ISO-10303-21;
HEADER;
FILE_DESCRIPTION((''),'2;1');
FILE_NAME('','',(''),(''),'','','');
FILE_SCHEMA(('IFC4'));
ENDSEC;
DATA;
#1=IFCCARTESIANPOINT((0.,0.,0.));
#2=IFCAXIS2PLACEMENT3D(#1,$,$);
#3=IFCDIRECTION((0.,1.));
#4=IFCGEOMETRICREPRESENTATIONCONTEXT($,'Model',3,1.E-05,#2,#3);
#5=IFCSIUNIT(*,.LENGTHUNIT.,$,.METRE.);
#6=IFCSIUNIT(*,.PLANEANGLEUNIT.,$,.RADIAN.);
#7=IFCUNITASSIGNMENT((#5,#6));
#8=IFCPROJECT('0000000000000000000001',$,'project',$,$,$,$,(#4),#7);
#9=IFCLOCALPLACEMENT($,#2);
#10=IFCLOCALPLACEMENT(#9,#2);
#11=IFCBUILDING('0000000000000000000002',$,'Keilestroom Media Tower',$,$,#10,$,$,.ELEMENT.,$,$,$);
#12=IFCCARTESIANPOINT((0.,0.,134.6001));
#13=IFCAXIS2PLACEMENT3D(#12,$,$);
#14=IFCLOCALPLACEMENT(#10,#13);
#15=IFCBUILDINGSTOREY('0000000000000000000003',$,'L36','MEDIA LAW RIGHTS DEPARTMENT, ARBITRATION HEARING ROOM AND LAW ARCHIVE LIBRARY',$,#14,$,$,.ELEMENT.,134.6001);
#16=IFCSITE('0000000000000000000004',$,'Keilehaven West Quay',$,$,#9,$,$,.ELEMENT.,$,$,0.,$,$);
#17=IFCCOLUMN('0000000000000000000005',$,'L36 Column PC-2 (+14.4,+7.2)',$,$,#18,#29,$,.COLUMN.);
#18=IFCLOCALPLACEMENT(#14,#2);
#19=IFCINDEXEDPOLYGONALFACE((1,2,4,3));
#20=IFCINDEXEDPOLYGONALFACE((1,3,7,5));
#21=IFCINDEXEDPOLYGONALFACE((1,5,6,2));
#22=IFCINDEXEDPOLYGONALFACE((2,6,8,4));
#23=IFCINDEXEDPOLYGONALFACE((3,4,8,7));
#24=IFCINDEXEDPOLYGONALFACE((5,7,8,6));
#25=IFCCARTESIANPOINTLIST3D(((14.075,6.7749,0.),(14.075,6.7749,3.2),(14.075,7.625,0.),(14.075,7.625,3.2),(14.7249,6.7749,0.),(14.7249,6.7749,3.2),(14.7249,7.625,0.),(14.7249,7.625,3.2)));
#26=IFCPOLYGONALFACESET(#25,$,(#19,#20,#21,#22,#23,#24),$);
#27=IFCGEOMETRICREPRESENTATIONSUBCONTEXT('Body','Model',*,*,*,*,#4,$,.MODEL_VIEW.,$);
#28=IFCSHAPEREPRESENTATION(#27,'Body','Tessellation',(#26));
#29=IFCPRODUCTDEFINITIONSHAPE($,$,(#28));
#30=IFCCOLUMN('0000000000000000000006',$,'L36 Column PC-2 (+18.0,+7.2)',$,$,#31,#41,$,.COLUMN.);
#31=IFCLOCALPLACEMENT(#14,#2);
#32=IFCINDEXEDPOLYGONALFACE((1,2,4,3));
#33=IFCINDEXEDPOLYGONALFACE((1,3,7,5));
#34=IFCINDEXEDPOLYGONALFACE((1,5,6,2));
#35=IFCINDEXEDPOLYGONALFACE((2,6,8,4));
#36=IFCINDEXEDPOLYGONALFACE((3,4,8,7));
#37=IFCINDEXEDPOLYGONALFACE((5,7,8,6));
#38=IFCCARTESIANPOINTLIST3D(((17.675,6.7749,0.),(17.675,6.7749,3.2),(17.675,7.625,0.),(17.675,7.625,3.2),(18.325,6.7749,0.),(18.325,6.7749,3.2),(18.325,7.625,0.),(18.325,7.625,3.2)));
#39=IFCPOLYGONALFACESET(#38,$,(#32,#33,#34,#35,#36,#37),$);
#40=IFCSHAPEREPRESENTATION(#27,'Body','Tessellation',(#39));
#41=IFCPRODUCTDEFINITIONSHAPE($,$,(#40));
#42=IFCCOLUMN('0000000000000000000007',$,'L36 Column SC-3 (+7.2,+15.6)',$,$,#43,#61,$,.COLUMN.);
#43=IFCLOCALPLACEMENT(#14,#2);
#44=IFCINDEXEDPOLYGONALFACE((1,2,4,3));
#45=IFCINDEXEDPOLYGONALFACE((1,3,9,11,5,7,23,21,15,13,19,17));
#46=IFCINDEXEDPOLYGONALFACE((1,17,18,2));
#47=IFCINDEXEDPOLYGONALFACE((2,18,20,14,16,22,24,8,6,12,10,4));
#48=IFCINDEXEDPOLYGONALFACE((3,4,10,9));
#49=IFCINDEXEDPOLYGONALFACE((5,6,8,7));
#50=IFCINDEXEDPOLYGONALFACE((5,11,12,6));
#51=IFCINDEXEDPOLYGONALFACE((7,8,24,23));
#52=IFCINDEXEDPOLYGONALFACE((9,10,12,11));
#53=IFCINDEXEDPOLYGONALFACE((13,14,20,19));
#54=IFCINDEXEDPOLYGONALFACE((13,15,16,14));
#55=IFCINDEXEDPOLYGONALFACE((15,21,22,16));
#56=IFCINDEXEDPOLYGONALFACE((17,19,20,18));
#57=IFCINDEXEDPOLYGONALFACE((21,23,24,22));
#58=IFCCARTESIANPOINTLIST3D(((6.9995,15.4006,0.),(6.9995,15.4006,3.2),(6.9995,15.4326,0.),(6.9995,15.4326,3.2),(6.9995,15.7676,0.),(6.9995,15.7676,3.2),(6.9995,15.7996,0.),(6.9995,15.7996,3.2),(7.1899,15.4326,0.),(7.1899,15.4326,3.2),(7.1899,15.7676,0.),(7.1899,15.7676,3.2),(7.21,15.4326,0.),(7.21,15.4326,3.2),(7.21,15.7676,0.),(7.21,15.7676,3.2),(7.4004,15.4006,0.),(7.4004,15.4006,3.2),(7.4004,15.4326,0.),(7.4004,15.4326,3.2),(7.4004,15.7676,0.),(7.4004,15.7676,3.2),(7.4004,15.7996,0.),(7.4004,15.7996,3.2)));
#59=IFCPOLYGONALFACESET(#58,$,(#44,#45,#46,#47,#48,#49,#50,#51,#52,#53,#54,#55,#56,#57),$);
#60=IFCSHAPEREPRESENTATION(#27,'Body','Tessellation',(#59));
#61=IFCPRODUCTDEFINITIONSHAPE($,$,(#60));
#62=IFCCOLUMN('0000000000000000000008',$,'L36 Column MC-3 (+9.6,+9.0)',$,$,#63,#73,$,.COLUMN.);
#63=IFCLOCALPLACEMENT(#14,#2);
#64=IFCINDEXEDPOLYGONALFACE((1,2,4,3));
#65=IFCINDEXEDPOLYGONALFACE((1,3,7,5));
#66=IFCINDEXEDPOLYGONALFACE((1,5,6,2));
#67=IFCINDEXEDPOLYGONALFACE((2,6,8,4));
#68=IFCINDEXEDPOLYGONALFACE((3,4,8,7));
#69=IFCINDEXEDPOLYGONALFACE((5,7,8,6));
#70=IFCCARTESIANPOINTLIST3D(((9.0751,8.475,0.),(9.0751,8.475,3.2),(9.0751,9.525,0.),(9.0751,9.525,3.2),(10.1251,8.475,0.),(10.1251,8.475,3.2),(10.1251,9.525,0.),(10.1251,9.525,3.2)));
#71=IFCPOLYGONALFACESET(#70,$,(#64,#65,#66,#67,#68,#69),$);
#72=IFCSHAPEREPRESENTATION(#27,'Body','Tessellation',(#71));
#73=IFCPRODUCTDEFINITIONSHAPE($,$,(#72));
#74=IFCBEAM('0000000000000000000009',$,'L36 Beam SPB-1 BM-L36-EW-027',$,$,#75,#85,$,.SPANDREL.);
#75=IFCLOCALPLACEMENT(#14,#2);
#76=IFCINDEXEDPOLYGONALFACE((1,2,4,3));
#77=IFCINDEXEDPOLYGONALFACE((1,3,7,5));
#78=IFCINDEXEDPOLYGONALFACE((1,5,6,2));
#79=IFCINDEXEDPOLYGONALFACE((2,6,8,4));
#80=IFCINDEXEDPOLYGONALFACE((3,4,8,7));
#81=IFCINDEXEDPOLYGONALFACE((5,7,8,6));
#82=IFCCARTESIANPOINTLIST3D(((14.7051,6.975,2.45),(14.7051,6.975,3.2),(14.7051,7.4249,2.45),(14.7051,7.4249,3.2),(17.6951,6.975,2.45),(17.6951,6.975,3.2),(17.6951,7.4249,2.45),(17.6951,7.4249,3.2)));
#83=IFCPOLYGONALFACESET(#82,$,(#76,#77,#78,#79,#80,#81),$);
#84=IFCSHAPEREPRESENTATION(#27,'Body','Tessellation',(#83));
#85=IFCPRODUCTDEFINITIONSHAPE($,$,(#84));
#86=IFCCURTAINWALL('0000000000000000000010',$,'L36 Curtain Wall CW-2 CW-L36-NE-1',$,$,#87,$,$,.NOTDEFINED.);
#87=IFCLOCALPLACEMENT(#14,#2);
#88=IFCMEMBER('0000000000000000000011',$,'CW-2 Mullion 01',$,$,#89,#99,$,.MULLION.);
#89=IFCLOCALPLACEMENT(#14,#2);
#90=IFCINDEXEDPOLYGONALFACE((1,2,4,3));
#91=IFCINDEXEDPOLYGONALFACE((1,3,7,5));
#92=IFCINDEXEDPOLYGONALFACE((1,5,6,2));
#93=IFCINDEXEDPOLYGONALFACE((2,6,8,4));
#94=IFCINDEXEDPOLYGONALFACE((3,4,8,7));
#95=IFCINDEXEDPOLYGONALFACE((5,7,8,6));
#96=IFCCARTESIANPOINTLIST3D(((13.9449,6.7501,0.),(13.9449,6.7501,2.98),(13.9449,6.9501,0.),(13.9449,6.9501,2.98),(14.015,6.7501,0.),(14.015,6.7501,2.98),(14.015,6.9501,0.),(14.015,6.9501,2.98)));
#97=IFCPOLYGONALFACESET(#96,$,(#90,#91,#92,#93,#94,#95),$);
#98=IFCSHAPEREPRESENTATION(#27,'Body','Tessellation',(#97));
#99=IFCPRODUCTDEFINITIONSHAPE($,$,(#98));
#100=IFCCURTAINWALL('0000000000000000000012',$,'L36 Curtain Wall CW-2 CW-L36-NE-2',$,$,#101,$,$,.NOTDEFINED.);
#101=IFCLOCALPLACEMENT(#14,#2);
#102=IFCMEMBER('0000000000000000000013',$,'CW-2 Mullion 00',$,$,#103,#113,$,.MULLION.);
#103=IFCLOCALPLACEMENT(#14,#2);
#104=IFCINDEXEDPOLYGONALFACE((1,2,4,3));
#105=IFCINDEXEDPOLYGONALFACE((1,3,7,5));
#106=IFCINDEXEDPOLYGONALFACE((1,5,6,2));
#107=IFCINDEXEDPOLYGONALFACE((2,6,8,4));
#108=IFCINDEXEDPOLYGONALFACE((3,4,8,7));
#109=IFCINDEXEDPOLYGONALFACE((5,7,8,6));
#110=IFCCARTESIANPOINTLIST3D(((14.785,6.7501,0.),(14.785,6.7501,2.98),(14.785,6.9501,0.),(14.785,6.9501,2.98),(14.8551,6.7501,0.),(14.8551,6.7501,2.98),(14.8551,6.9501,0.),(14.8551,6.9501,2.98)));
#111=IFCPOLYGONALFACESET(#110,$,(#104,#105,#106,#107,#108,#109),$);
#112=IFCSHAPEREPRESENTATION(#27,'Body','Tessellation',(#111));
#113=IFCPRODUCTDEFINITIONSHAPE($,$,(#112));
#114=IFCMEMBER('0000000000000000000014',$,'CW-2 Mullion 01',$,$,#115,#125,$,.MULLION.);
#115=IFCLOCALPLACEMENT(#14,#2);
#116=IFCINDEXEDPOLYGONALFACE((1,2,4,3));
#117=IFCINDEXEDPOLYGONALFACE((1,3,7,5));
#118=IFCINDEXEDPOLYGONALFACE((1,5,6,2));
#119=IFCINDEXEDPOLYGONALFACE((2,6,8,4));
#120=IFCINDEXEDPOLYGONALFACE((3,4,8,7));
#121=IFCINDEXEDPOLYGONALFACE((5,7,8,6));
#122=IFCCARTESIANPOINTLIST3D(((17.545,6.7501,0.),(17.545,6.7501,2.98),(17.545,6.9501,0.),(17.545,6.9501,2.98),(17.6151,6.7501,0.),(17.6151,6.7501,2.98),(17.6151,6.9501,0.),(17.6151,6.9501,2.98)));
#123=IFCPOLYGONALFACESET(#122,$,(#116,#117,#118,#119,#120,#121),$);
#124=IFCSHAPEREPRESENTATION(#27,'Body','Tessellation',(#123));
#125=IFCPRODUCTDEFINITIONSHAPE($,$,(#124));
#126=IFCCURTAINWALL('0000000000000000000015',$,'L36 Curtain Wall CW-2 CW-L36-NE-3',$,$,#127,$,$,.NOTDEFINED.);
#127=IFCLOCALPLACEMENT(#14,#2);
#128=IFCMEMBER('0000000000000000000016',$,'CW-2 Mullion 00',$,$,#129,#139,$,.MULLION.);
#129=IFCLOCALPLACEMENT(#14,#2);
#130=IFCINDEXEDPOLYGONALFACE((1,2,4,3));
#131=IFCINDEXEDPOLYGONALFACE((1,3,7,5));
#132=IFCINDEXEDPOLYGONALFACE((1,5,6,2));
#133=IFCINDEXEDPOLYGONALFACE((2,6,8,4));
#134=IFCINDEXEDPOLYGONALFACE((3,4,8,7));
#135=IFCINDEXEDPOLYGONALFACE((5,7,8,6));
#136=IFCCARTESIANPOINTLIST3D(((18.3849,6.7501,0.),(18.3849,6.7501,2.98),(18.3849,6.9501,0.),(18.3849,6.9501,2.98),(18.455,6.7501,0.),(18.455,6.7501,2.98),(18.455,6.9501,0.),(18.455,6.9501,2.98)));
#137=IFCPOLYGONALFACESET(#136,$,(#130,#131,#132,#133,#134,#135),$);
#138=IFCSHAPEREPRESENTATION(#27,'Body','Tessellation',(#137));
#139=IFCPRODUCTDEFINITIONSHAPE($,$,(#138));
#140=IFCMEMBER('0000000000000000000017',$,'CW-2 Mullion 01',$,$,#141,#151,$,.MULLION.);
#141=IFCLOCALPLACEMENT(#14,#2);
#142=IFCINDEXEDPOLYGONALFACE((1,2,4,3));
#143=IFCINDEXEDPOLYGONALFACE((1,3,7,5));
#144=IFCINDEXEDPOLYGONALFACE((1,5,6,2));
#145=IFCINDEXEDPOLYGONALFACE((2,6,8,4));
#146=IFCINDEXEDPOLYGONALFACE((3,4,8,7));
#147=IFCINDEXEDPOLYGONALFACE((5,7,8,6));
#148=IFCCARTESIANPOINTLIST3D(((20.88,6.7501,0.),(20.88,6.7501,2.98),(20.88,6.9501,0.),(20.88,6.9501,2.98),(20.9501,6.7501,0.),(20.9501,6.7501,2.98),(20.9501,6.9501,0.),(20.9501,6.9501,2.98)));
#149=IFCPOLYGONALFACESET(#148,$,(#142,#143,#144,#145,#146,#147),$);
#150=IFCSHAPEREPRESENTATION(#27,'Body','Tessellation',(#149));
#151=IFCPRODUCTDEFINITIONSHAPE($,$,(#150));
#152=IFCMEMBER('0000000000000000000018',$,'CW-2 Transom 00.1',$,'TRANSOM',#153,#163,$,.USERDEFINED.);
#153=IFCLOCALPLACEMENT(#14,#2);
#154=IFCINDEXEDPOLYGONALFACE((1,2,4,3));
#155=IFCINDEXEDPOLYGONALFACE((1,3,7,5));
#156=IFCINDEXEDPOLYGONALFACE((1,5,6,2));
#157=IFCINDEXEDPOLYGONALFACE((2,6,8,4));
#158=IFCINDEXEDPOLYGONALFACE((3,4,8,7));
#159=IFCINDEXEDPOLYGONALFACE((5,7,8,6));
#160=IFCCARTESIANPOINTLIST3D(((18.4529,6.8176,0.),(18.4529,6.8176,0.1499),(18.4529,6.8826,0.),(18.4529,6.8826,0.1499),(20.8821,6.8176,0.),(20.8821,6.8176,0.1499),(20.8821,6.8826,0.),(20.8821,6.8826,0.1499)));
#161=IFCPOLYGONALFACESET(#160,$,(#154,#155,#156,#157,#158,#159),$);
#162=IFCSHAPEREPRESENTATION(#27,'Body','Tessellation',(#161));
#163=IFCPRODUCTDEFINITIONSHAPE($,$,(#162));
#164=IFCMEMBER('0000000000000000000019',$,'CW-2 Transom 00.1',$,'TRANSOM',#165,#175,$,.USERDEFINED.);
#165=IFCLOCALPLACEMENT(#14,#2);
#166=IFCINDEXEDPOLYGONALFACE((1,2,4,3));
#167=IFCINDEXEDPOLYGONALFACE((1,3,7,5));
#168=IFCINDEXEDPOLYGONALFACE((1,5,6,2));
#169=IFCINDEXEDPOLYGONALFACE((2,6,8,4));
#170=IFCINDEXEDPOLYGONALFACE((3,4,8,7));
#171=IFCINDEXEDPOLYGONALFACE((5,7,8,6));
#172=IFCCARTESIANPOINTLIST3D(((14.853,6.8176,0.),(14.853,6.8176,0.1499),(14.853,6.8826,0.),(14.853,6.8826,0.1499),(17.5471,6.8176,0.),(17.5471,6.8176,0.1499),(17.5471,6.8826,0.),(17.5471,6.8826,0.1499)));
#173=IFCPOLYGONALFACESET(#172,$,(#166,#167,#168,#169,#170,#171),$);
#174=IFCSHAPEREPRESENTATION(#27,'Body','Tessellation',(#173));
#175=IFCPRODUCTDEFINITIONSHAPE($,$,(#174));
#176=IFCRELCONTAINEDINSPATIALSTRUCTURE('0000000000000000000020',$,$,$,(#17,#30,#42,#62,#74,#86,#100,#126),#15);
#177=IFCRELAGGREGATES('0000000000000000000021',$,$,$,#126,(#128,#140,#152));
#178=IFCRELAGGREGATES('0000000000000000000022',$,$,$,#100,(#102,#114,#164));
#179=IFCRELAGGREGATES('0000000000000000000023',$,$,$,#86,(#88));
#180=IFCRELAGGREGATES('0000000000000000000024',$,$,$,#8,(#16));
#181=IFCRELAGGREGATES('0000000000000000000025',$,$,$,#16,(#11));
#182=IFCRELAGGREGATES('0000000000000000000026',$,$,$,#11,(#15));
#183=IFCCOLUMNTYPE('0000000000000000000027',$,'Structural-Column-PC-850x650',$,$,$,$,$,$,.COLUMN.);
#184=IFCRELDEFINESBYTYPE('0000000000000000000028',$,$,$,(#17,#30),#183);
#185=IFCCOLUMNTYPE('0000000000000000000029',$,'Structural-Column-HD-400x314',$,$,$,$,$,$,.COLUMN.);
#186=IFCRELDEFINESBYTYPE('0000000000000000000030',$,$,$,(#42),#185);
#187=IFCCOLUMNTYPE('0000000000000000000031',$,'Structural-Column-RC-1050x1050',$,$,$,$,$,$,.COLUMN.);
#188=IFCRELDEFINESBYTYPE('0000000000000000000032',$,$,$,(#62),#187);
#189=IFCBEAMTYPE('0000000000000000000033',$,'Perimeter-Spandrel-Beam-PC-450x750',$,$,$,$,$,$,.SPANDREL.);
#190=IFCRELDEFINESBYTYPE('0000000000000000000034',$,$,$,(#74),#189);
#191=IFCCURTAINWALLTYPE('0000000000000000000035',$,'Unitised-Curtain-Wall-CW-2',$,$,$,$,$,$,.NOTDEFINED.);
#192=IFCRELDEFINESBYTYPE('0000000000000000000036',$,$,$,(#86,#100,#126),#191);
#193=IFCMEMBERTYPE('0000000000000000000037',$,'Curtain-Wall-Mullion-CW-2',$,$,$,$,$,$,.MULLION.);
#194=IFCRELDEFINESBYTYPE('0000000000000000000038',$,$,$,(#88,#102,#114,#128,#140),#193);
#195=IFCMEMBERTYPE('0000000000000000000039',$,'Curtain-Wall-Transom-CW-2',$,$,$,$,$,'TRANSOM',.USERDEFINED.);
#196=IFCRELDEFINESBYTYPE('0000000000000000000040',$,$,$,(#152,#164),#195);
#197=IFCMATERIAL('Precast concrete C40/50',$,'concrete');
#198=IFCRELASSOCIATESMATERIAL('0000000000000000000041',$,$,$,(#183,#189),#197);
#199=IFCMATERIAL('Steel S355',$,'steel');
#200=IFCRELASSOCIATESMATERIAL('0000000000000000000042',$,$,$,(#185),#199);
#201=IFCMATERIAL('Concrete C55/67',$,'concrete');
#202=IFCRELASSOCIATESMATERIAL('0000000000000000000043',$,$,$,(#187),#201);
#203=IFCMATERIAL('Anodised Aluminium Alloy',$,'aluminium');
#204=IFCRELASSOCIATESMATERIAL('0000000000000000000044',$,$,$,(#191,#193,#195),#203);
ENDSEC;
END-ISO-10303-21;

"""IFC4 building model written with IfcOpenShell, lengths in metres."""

from ifc_helpers import new_model, si_unit, direction, frame, origin, origin_2d, place, context, subcontext, project, spatial, rectangle, i_section, extrude, source, transform, mapped, material, material_profile, profile_set, type_object, element, aggregate, save


model = new_model("IFC4")

# Units and contexts
model_context = context("Model", 3, precision=1e-05, world=origin(), true_north=direction((0.0, 1.0)))
body_context = subcontext(model_context, "Body", "Model", "MODEL_VIEW")
ifc_project = project(units=[si_unit("LENGTHUNIT", "METRE"), si_unit("PLANEANGLEUNIT", "RADIAN")], contexts=[model_context])

# Site, building, storey
site_placement = place(None, origin())
site = spatial("IfcSite", under=ifc_project, at=site_placement, Name="Keilehaven West Quay", CompositionType="ELEMENT", RefElevation=0.0)
building_placement = place(site_placement, origin())
building = spatial("IfcBuilding", under=site, at=building_placement, Name="Keilestroom Media Tower", CompositionType="ELEMENT")
storey_placement = place(building_placement, frame((0.0, 0.0, 134.6001)))
storey = spatial("IfcBuildingStorey", under=building, at=storey_placement, Name="L36", Description="MEDIA LAW RIGHTS DEPARTMENT, ARBITRATION HEARING ROOM AND LAW ARCHIVE LIBRARY", CompositionType="ELEMENT", Elevation=134.6001)

# Columns
ifc_material_1 = material(Name="Precast concrete C40/50", Category="concrete")
ifc_material_profile_1 = material_profile(ifc_material_1, rectangle(XDim=0.6499, YDim=0.8501, at=origin_2d()), Name="PC 850x650")
ifc_profile_set_1 = profile_set([ifc_material_profile_1], Name="Precast concrete C40/50")
column_type_1 = type_object("IfcColumnType", Name="Structural-Column-PC-850x650", PredefinedType="COLUMN", material=ifc_profile_set_1)
shared_shape_1 = source(origin(), body_context, "Body", "SweptSolid", [
    extrude(rectangle(XDim=0.6499, YDim=0.8501, at=origin_2d()), origin(), (0.0, 0.0, 1.0), 3.2),
])
for number, where, z_axis, x_axis, name in (
    (1, (14.3999, 7.2, 0.0), (0.0, 0.0, 1.0), (1.0, 0.0, 0.0), "L36 Column PC-2 (+14.4,+7.2)"),
    (2, (18.0, 7.2, 0.0), (0.0, 0.0, 1.0), (1.0, 0.0, 0.0), "L36 Column PC-2 (+18.0,+7.2)"),
):
    element("IfcColumn", number, at=place(storey_placement, frame(where, z_axis=z_axis, x_axis=x_axis)), inside=storey, type_object=column_type_1, Name=name, PredefinedType="COLUMN", context=body_context, shape_type="MappedRepresentation", body=[
        mapped(shared_shape_1, transform((0.0, 0.0, 0.0), x_axis=(1.0, 0.0, 0.0), y_axis=(0.0, 1.0, 0.0), z_axis=(0.0, 0.0, 1.0), scale=1.0)),
    ])
ifc_material_2 = material(Name="Steel S355", Category="steel")
ifc_material_profile_2 = material_profile(ifc_material_2, i_section(OverallWidth=0.4009, OverallDepth=0.3989, WebThickness=0.02, FlangeThickness=0.032, at=origin_2d()), Name="HD 400x314")
ifc_profile_set_2 = profile_set([ifc_material_profile_2], Name="Steel S355")
column_type_2 = type_object("IfcColumnType", Name="Structural-Column-HD-400x314", PredefinedType="COLUMN", material=ifc_profile_set_2)
shared_shape_2 = source(origin(), body_context, "Body", "SweptSolid", [
    extrude(i_section(OverallWidth=0.4009, OverallDepth=0.3989, WebThickness=0.02, FlangeThickness=0.032, at=origin_2d()), origin(), (0.0, 0.0, 1.0), 3.2),
])
column_1_placement = place(storey_placement, frame((7.2, 15.6001, 0.0), z_axis=(0.0, 0.0, 1.0), x_axis=(1.0, 0.0, 0.0)))
element("IfcColumn", 3, at=column_1_placement, inside=storey, type_object=column_type_2, Name="L36 Column SC-3 (+7.2,+15.6)", PredefinedType="COLUMN", context=body_context, shape_type="MappedRepresentation", body=[
    mapped(shared_shape_2, transform((0.0, 0.0, 0.0), x_axis=(1.0, 0.0, 0.0), y_axis=(0.0, 1.0, 0.0), z_axis=(0.0, 0.0, 1.0), scale=1.0)),
])
ifc_material_3 = material(Name="Concrete C55/67", Category="concrete")
ifc_material_profile_3 = material_profile(ifc_material_3, rectangle(XDim=1.05, YDim=1.05, at=origin_2d()), Name="RC 1050x1050")
ifc_profile_set_3 = profile_set([ifc_material_profile_3], Name="Concrete C55/67")
column_type_3 = type_object("IfcColumnType", Name="Structural-Column-RC-1050x1050", PredefinedType="COLUMN", material=ifc_profile_set_3)
shared_shape_3 = source(origin(), body_context, "Body", "SweptSolid", [
    extrude(rectangle(XDim=1.05, YDim=1.05, at=origin_2d()), origin(), (0.0, 0.0, 1.0), 3.2),
])
column_2_placement = place(storey_placement, frame((9.6001, 9.0, 0.0), z_axis=(0.0, 0.0, 1.0), x_axis=(1.0, 0.0, 0.0)))
element("IfcColumn", 4, at=column_2_placement, inside=storey, type_object=column_type_3, Name="L36 Column MC-3 (+9.6,+9.0)", PredefinedType="COLUMN", context=body_context, shape_type="MappedRepresentation", body=[
    mapped(shared_shape_3, transform((0.0, 0.0, 0.0), x_axis=(1.0, 0.0, 0.0), y_axis=(0.0, 1.0, 0.0), z_axis=(0.0, 0.0, 1.0), scale=1.0)),
])

# Beam
ifc_material_profile_4 = material_profile(ifc_material_1, rectangle(XDim=0.45, YDim=0.75, at=origin_2d()), Name="PC 450x750")
ifc_profile_set_4 = profile_set([ifc_material_profile_4], Name="Precast concrete C40/50")
beam_type = type_object("IfcBeamType", Name="Perimeter-Spandrel-Beam-PC-450x750", PredefinedType="SPANDREL", material=ifc_profile_set_4)
shared_shape_4 = source(origin(), body_context, "Body", "SweptSolid", [
    extrude(rectangle(XDim=0.45, YDim=0.75, at=origin_2d()), origin(), (0.0, 0.0, 1.0), 2.99),
])
beam_placement = place(storey_placement, frame((14.7051, 7.2, 2.825), z_axis=(1.0, 0.0, 0.0), x_axis=(0.0, 1.0, 0.0)))
element("IfcBeam", 5, at=beam_placement, inside=storey, type_object=beam_type, Name="L36 Beam SPB-1 BM-L36-EW-027", PredefinedType="SPANDREL", context=body_context, shape_type="MappedRepresentation", body=[
    mapped(shared_shape_4, transform((0.0, 0.0, 0.0), x_axis=(1.0, 0.0, 0.0), y_axis=(0.0, 1.0, 0.0), z_axis=(0.0, 0.0, 1.0), scale=1.0)),
])

# Curtain wall, member
ifc_material_4 = material(Name="Anodised Aluminium Alloy", Category="aluminium")
curtain_wall_type = type_object("IfcCurtainWallType", Name="Unitised-Curtain-Wall-CW-2", PredefinedType="NOTDEFINED", material=ifc_material_4)
curtain_wall_1_placement = place(storey_placement, origin())
curtain_wall_1 = element("IfcCurtainWall", 6, at=curtain_wall_1_placement, inside=storey, type_object=curtain_wall_type, Name="L36 Curtain Wall CW-2 CW-L36-NE-1", PredefinedType="NOTDEFINED")
ifc_material_profile_5 = material_profile(ifc_material_4, rectangle(XDim=0.0701, YDim=0.2, at=origin_2d()), Name="ALU MULLION 70x200")
ifc_profile_set_5 = profile_set([ifc_material_profile_5], Name="Anodised Aluminium Alloy")
member_type_1 = type_object("IfcMemberType", Name="Curtain-Wall-Mullion-CW-2", PredefinedType="MULLION", material=ifc_profile_set_5)
shared_shape_5 = source(origin(), body_context, "Body", "SweptSolid", [
    extrude(rectangle(XDim=0.0701, YDim=0.2, at=origin_2d()), origin(), (0.0, 0.0, 1.0), 2.98),
])
member_1_placement = place(storey_placement, frame((13.98, 6.8501, 0.0), z_axis=(0.0, 0.0, 1.0), x_axis=(1.0, 0.0, 0.0)))
member_1 = element("IfcMember", 7, at=member_1_placement, type_object=member_type_1, Name="CW-2 Mullion 01", PredefinedType="MULLION", context=body_context, shape_type="MappedRepresentation", body=[
    mapped(shared_shape_5, transform((0.0, 0.0, 0.0), x_axis=(1.0, 0.0, 0.0), y_axis=(0.0, 1.0, 0.0), z_axis=(0.0, 0.0, 1.0), scale=1.0)),
])

# Curtain walls, members
curtain_wall_2_placement = place(storey_placement, origin())
curtain_wall_2 = element("IfcCurtainWall", 8, at=curtain_wall_2_placement, inside=storey, type_object=curtain_wall_type, Name="L36 Curtain Wall CW-2 CW-L36-NE-2", PredefinedType="NOTDEFINED")
member_2_placement = place(storey_placement, frame((14.8201, 6.8501, 0.0), z_axis=(0.0, 0.0, 1.0), x_axis=(1.0, 0.0, 0.0)))
member_2 = element("IfcMember", 9, at=member_2_placement, type_object=member_type_1, Name="CW-2 Mullion 00", PredefinedType="MULLION", context=body_context, shape_type="MappedRepresentation", body=[
    mapped(shared_shape_5, transform((0.0, 0.0, 0.0), x_axis=(1.0, 0.0, 0.0), y_axis=(0.0, 1.0, 0.0), z_axis=(0.0, 0.0, 1.0), scale=1.0)),
])
member_3_placement = place(storey_placement, frame((17.5801, 6.8501, 0.0), z_axis=(0.0, 0.0, 1.0), x_axis=(1.0, 0.0, 0.0)))
member_3 = element("IfcMember", 10, at=member_3_placement, type_object=member_type_1, Name="CW-2 Mullion 01", PredefinedType="MULLION", context=body_context, shape_type="MappedRepresentation", body=[
    mapped(shared_shape_5, transform((0.0, 0.0, 0.0), x_axis=(1.0, 0.0, 0.0), y_axis=(0.0, 1.0, 0.0), z_axis=(0.0, 0.0, 1.0), scale=1.0)),
])
curtain_wall_3_placement = place(storey_placement, origin())
curtain_wall_3 = element("IfcCurtainWall", 11, at=curtain_wall_3_placement, inside=storey, type_object=curtain_wall_type, Name="L36 Curtain Wall CW-2 CW-L36-NE-3", PredefinedType="NOTDEFINED")
member_4_placement = place(storey_placement, frame((18.4199, 6.8501, 0.0), z_axis=(0.0, 0.0, 1.0), x_axis=(1.0, 0.0, 0.0)))
member_4 = element("IfcMember", 12, at=member_4_placement, type_object=member_type_1, Name="CW-2 Mullion 00", PredefinedType="MULLION", context=body_context, shape_type="MappedRepresentation", body=[
    mapped(shared_shape_5, transform((0.0, 0.0, 0.0), x_axis=(1.0, 0.0, 0.0), y_axis=(0.0, 1.0, 0.0), z_axis=(0.0, 0.0, 1.0), scale=1.0)),
])
member_5_placement = place(storey_placement, frame((20.915, 6.8501, 0.0), z_axis=(0.0, 0.0, 1.0), x_axis=(1.0, 0.0, 0.0)))
member_5 = element("IfcMember", 13, at=member_5_placement, type_object=member_type_1, Name="CW-2 Mullion 01", PredefinedType="MULLION", context=body_context, shape_type="MappedRepresentation", body=[
    mapped(shared_shape_5, transform((0.0, 0.0, 0.0), x_axis=(1.0, 0.0, 0.0), y_axis=(0.0, 1.0, 0.0), z_axis=(0.0, 0.0, 1.0), scale=1.0)),
])
ifc_material_profile_6 = material_profile(ifc_material_4, rectangle(XDim=0.0649, YDim=0.1499, at=origin_2d()), Name="ALU TRANSOM 65x150")
ifc_profile_set_6 = profile_set([ifc_material_profile_6], Name="Anodised Aluminium Alloy")
member_type_2 = type_object("IfcMemberType", Name="Curtain-Wall-Transom-CW-2", ElementType="TRANSOM", PredefinedType="USERDEFINED", material=ifc_profile_set_6)
shared_shape_6 = source(origin(), body_context, "Body", "SweptSolid", [
    extrude(rectangle(XDim=0.0649, YDim=0.1499, at=origin_2d()), origin(), (0.0, 0.0, 1.0), 2.4292),
])
member_6_placement = place(storey_placement, frame((18.4529, 6.8501, 0.075), z_axis=(1.0, 0.0, 0.0), x_axis=(0.0, 1.0, 0.0)))
member_6 = element("IfcMember", 14, at=member_6_placement, type_object=member_type_2, Name="CW-2 Transom 00.1", ObjectType="TRANSOM", PredefinedType="USERDEFINED", context=body_context, shape_type="MappedRepresentation", body=[
    mapped(shared_shape_6, transform((0.0, 0.0, 0.0), x_axis=(1.0, 0.0, 0.0), y_axis=(0.0, 1.0, 0.0), z_axis=(0.0, 0.0, 1.0), scale=1.0)),
])

# Member
shared_shape_7 = source(origin(), body_context, "Body", "SweptSolid", [
    extrude(rectangle(XDim=0.0649, YDim=0.1499, at=origin_2d()), origin(), (0.0, 0.0, 1.0), 2.6941),
])
member_7_placement = place(storey_placement, frame((14.853, 6.8501, 0.075), z_axis=(1.0, 0.0, 0.0), x_axis=(0.0, 1.0, 0.0)))
member_7 = element("IfcMember", 15, at=member_7_placement, type_object=member_type_2, Name="CW-2 Transom 00.1", ObjectType="TRANSOM", PredefinedType="USERDEFINED", context=body_context, shape_type="MappedRepresentation", body=[
    mapped(shared_shape_7, transform((0.0, 0.0, 0.0), x_axis=(1.0, 0.0, 0.0), y_axis=(0.0, 1.0, 0.0), z_axis=(0.0, 0.0, 1.0), scale=1.0)),
])

aggregate(curtain_wall_3, [member_4, member_5, member_6])
aggregate(curtain_wall_2, [member_2, member_3, member_7])
aggregate(curtain_wall_1, [member_1])

save(model, "model.ifc")
